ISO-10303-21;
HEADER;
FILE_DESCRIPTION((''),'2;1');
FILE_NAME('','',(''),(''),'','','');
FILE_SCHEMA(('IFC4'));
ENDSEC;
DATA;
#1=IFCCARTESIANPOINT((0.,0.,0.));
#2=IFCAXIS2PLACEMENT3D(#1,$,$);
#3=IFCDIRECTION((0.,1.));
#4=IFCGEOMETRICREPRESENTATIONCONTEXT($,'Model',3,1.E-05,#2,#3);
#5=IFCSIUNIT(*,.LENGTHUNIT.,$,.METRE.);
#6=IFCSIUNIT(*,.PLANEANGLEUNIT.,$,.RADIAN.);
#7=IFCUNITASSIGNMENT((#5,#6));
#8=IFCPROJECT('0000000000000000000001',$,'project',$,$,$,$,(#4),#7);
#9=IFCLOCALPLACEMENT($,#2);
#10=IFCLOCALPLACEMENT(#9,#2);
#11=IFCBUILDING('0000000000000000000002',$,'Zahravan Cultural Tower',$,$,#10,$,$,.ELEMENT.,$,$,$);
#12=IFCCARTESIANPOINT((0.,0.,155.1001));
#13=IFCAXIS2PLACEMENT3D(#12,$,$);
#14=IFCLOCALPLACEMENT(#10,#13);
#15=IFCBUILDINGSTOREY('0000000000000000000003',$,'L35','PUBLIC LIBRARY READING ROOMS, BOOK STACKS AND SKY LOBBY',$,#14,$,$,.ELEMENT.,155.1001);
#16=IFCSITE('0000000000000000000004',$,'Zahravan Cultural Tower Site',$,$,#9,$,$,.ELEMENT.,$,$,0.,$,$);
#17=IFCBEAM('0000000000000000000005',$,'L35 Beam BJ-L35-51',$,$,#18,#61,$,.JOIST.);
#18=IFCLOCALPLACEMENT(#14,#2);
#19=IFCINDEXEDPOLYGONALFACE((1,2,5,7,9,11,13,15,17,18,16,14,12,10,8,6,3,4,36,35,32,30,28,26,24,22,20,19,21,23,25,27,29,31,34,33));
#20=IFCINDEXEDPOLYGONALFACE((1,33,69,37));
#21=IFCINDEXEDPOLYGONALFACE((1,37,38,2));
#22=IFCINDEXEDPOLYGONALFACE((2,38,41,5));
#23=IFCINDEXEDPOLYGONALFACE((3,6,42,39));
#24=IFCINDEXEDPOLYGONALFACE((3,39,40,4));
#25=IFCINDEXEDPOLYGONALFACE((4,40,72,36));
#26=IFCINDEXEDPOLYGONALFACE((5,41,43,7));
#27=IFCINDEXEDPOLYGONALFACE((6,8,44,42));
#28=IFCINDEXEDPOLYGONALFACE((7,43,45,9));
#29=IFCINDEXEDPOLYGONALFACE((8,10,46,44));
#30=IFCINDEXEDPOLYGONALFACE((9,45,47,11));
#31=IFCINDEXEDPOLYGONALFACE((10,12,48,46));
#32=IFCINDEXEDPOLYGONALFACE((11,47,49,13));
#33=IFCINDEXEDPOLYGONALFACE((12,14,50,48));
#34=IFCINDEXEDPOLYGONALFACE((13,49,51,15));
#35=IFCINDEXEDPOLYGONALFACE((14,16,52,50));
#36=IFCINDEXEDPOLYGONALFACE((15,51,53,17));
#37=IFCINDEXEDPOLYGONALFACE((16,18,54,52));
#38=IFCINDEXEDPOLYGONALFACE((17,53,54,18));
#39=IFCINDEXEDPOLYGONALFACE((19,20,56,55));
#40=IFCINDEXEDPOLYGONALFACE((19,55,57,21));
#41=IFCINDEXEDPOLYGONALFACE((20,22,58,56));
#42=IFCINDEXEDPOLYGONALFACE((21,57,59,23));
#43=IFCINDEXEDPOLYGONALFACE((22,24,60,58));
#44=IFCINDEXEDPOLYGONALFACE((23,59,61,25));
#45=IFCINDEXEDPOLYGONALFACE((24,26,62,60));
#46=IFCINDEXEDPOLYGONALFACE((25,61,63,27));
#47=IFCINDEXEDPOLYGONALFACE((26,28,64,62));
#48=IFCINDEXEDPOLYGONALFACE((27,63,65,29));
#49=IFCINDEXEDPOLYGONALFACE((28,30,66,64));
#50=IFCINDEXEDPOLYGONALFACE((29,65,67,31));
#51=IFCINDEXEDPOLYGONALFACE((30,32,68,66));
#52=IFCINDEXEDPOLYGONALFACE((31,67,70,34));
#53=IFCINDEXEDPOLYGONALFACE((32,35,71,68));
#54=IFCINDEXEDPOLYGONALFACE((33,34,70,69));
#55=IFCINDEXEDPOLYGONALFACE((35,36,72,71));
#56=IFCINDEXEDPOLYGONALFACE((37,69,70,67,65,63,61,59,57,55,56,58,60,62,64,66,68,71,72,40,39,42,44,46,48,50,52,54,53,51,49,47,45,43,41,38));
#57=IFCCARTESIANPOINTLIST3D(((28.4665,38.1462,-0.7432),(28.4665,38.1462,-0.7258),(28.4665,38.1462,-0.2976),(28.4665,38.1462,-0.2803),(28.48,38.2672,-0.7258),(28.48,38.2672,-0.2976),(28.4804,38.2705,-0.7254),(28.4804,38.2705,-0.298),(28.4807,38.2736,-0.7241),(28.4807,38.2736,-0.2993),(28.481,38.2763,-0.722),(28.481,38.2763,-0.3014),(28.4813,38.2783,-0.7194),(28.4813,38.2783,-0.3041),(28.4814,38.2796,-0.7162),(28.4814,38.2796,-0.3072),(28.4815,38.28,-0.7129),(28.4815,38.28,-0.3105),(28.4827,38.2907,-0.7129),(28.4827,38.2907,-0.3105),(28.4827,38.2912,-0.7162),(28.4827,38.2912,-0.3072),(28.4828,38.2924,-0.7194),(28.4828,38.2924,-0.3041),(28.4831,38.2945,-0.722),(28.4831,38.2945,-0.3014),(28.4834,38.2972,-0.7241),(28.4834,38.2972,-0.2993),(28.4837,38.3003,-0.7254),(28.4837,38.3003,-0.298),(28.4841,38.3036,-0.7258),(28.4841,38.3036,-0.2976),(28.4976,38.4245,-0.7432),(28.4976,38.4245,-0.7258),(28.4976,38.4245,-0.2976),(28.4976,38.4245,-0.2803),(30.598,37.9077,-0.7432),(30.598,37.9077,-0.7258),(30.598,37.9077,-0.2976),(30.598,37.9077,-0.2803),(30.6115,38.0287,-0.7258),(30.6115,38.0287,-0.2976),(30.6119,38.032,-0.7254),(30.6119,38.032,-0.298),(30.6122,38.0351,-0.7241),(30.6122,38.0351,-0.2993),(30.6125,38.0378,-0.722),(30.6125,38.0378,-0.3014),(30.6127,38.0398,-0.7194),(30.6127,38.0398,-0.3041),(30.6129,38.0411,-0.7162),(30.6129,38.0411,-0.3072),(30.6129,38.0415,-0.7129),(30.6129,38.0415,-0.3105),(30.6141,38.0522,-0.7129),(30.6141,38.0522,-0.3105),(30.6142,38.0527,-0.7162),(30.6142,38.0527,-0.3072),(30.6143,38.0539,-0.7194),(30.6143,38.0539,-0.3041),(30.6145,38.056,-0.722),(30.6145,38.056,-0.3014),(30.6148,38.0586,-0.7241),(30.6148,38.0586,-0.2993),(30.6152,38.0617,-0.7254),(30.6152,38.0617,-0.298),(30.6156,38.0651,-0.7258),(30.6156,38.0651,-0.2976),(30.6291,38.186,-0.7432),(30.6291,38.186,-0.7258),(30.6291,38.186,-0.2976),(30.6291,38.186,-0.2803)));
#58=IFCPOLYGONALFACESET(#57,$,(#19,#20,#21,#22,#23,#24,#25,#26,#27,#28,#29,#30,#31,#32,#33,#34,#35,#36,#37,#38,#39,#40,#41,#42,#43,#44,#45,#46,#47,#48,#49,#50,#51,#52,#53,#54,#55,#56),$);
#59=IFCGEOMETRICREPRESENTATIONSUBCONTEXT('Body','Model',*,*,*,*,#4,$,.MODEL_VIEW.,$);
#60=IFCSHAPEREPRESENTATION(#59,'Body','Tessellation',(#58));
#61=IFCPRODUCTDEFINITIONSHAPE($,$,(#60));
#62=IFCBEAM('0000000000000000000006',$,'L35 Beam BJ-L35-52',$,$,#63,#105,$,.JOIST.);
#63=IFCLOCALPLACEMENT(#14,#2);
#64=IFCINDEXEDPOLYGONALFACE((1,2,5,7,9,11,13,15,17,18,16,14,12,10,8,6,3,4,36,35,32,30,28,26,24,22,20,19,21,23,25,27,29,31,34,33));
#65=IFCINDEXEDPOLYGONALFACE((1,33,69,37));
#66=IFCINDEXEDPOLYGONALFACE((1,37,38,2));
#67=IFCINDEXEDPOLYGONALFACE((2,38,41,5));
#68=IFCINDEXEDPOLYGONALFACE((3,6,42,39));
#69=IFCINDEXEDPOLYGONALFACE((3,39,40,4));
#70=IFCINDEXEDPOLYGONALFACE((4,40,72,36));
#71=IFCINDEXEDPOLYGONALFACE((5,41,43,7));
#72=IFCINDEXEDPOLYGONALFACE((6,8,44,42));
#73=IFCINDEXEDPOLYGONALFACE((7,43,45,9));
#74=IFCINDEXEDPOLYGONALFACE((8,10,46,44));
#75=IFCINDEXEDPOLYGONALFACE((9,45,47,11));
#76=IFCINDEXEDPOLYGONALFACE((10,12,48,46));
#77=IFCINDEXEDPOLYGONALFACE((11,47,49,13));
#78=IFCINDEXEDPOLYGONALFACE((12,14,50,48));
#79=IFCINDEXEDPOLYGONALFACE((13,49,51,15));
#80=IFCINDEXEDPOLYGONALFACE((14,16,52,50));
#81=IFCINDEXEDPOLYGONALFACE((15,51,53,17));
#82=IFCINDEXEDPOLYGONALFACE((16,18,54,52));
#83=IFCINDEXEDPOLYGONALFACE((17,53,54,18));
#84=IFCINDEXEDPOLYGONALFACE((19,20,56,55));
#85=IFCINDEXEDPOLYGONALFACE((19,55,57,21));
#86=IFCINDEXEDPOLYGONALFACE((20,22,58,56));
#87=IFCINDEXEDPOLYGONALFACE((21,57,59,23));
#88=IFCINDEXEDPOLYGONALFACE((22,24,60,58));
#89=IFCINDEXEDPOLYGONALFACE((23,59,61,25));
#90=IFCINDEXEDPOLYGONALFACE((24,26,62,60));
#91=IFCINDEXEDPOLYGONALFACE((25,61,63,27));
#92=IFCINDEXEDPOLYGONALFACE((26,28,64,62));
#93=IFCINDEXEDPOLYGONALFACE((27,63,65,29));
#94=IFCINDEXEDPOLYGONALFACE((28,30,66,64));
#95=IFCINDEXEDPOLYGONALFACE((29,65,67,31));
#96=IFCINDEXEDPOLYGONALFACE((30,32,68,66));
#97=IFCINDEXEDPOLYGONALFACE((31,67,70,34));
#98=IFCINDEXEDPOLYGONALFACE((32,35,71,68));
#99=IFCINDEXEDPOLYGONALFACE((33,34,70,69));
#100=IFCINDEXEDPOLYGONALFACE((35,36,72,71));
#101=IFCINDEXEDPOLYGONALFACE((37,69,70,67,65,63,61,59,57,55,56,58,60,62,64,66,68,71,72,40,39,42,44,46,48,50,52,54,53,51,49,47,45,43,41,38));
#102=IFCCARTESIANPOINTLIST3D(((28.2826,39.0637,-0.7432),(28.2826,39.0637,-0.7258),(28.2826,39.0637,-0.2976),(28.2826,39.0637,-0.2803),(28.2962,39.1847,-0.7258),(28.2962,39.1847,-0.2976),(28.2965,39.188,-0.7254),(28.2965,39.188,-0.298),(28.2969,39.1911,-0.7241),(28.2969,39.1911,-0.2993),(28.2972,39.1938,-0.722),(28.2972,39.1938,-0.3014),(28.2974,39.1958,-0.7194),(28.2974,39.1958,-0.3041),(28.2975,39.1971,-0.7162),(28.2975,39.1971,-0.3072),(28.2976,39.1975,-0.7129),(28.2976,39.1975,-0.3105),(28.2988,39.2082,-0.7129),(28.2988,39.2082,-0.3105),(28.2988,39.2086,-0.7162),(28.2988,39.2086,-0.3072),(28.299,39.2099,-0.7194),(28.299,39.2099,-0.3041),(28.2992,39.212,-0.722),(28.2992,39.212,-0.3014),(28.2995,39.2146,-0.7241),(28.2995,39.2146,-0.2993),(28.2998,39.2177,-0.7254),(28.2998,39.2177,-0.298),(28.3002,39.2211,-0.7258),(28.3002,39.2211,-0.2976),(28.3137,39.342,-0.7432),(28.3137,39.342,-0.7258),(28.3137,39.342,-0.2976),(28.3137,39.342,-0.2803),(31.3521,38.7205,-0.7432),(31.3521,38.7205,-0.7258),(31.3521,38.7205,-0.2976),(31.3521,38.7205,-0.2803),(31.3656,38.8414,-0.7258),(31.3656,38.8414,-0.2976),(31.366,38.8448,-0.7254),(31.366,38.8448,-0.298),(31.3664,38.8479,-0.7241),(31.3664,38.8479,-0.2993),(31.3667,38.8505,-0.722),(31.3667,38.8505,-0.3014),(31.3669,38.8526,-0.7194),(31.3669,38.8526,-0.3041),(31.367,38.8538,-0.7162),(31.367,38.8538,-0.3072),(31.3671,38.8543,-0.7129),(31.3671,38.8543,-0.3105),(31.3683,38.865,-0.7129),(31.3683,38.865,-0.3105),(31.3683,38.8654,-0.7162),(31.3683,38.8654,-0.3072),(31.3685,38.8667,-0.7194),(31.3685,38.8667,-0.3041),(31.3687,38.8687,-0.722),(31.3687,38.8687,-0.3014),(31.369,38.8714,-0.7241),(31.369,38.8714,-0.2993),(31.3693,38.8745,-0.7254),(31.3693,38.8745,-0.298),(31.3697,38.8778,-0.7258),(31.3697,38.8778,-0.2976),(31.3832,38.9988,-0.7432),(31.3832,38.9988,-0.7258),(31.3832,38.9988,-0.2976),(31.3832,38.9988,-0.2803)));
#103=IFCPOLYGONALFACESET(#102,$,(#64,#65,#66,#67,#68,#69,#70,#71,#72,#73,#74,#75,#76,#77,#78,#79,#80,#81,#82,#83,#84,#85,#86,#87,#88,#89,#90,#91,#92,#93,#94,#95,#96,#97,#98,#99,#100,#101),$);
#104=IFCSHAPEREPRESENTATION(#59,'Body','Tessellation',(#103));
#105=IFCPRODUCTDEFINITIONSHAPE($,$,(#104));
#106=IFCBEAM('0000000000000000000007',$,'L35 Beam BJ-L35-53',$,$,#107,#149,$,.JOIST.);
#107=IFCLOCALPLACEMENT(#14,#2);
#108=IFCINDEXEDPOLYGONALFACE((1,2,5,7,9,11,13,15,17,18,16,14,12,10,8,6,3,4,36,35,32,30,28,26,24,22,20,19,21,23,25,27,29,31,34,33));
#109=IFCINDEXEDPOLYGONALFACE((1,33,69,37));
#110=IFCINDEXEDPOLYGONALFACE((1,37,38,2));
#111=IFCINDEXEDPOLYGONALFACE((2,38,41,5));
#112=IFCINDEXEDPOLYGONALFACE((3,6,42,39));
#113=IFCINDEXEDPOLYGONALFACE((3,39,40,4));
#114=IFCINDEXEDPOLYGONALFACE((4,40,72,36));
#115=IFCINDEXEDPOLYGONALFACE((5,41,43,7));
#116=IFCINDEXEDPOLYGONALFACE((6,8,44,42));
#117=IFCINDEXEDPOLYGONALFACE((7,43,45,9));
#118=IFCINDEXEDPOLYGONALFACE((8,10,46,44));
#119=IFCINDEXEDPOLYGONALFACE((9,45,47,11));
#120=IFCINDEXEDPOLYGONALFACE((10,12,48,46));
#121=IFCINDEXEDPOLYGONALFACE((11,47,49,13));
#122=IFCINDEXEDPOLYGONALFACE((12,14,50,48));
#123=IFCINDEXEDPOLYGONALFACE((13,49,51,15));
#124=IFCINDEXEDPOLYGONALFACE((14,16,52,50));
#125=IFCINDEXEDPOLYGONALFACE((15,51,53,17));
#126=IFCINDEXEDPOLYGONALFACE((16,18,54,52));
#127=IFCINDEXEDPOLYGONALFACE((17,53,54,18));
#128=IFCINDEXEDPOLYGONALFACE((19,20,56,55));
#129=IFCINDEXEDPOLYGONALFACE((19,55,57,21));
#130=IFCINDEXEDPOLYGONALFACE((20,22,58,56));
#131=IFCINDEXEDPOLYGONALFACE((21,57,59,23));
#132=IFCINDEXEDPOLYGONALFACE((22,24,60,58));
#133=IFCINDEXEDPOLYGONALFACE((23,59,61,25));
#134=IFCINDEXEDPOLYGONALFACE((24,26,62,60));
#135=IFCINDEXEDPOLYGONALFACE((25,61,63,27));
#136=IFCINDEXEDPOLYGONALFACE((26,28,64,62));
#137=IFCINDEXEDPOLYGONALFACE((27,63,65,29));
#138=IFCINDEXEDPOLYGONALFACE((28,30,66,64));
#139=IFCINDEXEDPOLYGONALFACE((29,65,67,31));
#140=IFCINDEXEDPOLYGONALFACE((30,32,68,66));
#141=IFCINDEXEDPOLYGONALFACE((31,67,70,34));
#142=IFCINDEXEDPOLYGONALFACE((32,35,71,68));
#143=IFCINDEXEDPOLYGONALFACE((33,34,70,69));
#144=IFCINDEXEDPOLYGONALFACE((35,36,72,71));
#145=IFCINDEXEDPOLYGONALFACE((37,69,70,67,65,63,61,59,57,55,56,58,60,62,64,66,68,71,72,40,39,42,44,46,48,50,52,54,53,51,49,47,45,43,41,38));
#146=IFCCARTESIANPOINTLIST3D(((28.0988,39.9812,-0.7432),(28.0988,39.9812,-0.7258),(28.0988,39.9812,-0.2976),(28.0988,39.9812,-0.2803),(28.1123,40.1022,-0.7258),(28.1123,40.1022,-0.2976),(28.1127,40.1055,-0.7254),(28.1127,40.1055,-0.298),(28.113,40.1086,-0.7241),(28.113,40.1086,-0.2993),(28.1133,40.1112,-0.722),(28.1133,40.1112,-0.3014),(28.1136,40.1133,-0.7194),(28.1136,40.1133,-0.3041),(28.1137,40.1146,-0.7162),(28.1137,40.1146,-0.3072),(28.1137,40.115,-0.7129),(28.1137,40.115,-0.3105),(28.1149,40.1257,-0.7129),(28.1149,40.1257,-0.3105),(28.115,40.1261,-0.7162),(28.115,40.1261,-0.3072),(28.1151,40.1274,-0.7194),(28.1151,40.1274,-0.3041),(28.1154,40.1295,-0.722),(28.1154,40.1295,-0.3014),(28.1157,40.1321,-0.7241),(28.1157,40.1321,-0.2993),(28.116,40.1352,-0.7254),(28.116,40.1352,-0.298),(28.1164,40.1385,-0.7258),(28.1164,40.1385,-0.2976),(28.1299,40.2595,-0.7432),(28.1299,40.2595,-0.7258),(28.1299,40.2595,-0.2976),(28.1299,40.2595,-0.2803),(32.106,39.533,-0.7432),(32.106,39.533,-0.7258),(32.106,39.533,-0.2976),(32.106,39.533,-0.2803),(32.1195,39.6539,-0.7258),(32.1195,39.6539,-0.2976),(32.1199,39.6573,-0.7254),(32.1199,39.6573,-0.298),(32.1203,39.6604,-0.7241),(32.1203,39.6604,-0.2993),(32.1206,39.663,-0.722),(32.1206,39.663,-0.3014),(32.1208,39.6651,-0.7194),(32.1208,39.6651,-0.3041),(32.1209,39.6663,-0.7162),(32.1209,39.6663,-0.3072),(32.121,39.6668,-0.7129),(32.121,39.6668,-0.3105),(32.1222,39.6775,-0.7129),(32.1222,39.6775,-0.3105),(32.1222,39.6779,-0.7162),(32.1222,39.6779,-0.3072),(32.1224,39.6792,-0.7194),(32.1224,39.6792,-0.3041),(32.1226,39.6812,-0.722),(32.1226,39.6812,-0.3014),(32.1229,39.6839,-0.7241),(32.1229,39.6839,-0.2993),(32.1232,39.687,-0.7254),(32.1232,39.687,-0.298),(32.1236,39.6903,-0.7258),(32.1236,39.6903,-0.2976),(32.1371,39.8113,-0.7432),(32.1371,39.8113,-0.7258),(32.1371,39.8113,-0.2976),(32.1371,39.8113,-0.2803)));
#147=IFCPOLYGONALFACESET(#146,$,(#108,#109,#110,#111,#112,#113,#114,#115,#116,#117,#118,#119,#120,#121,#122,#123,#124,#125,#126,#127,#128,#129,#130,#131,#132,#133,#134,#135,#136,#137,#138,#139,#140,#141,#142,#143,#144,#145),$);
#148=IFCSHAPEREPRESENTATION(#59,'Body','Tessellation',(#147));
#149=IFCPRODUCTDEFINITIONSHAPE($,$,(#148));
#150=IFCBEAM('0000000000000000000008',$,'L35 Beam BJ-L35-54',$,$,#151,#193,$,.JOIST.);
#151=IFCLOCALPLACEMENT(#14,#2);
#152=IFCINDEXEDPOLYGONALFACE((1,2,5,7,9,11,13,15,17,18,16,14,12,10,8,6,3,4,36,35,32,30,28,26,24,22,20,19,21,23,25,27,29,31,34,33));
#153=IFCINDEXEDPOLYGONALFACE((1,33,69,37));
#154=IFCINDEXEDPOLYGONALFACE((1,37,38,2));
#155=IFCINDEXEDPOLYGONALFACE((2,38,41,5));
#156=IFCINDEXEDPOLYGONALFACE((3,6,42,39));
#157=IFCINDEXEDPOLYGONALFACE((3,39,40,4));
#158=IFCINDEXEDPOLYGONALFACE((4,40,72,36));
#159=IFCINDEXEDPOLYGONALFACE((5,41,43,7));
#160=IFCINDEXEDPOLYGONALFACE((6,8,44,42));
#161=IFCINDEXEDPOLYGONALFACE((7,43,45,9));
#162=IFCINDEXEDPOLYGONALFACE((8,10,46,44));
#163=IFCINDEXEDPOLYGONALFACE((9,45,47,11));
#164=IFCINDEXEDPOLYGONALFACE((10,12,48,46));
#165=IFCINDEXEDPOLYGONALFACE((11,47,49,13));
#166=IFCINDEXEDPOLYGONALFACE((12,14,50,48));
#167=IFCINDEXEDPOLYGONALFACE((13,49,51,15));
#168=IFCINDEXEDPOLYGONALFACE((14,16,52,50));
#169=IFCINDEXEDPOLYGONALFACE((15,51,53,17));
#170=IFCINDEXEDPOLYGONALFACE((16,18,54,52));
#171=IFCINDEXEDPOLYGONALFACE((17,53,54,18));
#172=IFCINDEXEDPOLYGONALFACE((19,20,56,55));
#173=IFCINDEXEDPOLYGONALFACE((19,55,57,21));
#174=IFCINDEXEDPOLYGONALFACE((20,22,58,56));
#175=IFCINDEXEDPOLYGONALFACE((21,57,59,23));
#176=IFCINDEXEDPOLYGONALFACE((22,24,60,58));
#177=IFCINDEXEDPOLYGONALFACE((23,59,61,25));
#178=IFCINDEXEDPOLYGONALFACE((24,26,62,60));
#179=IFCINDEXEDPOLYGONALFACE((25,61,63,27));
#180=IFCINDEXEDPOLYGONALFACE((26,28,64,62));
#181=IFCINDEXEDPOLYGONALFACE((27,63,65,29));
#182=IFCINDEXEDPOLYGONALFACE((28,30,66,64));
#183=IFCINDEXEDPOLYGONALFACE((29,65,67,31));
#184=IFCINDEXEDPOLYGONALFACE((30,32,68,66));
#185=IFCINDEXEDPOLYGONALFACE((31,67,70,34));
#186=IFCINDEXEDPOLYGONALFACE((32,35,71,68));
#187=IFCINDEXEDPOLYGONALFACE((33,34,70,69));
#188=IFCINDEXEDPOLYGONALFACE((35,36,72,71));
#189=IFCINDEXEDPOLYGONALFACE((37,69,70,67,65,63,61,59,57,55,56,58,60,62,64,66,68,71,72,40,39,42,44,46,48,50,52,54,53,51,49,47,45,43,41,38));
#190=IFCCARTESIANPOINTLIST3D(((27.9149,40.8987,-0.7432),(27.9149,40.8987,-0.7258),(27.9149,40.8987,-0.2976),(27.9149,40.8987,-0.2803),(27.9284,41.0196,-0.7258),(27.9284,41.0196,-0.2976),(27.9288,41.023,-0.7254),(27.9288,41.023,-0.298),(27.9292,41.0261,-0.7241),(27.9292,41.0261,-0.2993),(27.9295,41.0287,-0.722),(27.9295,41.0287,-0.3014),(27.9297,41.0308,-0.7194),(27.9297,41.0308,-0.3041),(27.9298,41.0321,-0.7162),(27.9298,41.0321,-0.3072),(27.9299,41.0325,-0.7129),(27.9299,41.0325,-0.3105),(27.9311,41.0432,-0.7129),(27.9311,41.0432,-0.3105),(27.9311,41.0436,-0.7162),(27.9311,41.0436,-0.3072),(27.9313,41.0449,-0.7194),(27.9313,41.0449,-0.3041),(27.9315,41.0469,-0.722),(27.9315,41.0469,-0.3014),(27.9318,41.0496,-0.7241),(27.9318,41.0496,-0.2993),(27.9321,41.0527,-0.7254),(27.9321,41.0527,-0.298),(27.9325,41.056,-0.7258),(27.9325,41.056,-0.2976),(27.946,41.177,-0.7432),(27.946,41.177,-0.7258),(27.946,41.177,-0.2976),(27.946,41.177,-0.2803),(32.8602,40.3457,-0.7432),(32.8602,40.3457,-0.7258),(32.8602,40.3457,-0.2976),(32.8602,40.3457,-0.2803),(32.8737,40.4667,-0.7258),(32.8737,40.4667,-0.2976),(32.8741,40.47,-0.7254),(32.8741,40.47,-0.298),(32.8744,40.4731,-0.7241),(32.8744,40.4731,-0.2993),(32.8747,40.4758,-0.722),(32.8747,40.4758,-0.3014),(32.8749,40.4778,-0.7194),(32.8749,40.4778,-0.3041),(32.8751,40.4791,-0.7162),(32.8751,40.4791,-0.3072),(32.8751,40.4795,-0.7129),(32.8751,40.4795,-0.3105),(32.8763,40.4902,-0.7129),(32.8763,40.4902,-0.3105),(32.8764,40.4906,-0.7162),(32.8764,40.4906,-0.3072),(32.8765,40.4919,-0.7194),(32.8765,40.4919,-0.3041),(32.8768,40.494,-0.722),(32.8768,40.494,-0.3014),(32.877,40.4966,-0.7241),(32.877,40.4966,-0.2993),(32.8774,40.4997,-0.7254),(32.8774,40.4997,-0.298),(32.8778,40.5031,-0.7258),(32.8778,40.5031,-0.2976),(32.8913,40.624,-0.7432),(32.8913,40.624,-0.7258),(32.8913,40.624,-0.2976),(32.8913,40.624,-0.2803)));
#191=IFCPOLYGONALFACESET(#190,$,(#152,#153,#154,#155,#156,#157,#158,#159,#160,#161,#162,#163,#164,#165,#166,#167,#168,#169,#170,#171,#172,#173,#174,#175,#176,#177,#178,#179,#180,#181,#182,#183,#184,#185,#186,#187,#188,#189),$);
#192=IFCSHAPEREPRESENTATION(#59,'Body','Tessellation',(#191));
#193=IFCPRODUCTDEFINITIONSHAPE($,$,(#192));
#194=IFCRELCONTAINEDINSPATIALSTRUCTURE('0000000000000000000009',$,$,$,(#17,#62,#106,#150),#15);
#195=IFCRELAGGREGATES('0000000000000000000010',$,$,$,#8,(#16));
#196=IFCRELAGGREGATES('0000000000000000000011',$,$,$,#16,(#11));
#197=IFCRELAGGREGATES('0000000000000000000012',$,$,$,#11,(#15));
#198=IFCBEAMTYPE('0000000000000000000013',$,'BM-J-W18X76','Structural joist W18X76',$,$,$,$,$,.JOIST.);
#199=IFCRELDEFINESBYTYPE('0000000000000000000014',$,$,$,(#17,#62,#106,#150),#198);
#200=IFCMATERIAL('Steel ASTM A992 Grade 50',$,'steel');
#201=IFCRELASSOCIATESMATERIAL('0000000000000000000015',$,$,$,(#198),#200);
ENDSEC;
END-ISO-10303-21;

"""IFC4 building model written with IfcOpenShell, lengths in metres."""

from ifc_helpers import new_model, si_unit, direction, frame, origin, origin_2d, place, context, subcontext, project, spatial, i_section, extrude, source, transform, mapped, material, material_profile, profile_set, type_object, element, save


model = new_model("IFC4")

# Units and contexts
model_context = context("Model", 3, precision=1e-05, world=origin(), true_north=direction((0.0, 1.0)))
body_context = subcontext(model_context, "Body", "Model", "MODEL_VIEW")
ifc_project = project(units=[si_unit("LENGTHUNIT", "METRE"), si_unit("PLANEANGLEUNIT", "RADIAN")], contexts=[model_context])

# Site, building, storey
site_placement = place(None, origin())
site = spatial("IfcSite", under=ifc_project, at=site_placement, Name="Zahravan Cultural Tower Site", CompositionType="ELEMENT", RefElevation=0.0)
building_placement = place(site_placement, origin())
building = spatial("IfcBuilding", under=site, at=building_placement, Name="Zahravan Cultural Tower", CompositionType="ELEMENT")
storey_placement = place(building_placement, frame((0.0, 0.0, 155.1001)))
storey = spatial("IfcBuildingStorey", under=building, at=storey_placement, Name="L35", Description="PUBLIC LIBRARY READING ROOMS, BOOK STACKS AND SKY LOBBY", CompositionType="ELEMENT", Elevation=155.1001)

# Shared definitions
ifc_material_1 = material(Name="Steel ASTM A992 Grade 50", Category="steel")

# Beams
ifc_material_profile_1 = material_profile(ifc_material_1, i_section(OverallWidth=0.28, OverallDepth=0.4629, WebThickness=0.0107, FlangeThickness=0.0173, FilletRadius=0.0129, at=origin_2d()), Name="W18X76")
ifc_profile_set_1 = profile_set([ifc_material_profile_1], Name="Steel ASTM A992 Grade 50")
beam_type_1 = type_object("IfcBeamType", Name="BM-J-W18X76", Description="Structural joist W18X76", PredefinedType="JOIST", material=ifc_profile_set_1)
shared_shape_1 = source(origin(), body_context, "Body", "SweptSolid", [
    extrude(i_section(OverallWidth=0.28, OverallDepth=0.4629, WebThickness=0.0107, FlangeThickness=0.0173, FilletRadius=0.0129, at=origin_2d()), origin(), (0.0, 0.0, 1.0), 2.1448),
])
beam_1_placement = place(storey_placement, frame((30.6135, 38.0469, -0.5117), z_axis=(-0.993797, 0.111206, 0.0), x_axis=(-0.111206, -0.993797, 0.0)))
element("IfcBeam", 1, at=beam_1_placement, inside=storey, type_object=beam_type_1, Name="L35 Beam BJ-L35-51", PredefinedType="JOIST", context=body_context, shape_type="MappedRepresentation", body=[
    mapped(shared_shape_1, transform((0.0, 0.0, 0.0), x_axis=(1.0, 0.0, 0.0), y_axis=(0.0, 1.0, 0.0), z_axis=(0.0, 0.0, 1.0), scale=1.0)),
])
shared_shape_2 = source(origin(), body_context, "Body", "SweptSolid", [
    extrude(i_section(OverallWidth=0.28, OverallDepth=0.4629, WebThickness=0.0107, FlangeThickness=0.0173, FilletRadius=0.0129, at=origin_2d()), origin(), (0.0, 0.0, 1.0), 3.0886),
])
beam_2_placement = place(storey_placement, frame((31.3677, 38.8596, -0.5117), z_axis=(-0.993805, 0.111134, 0.0), x_axis=(-0.111134, -0.993805, 0.0)))
element("IfcBeam", 2, at=beam_2_placement, inside=storey, type_object=beam_type_1, Name="L35 Beam BJ-L35-52", PredefinedType="JOIST", context=body_context, shape_type="MappedRepresentation", body=[
    mapped(shared_shape_2, transform((0.0, 0.0, 0.0), x_axis=(1.0, 0.0, 0.0), y_axis=(0.0, 1.0, 0.0), z_axis=(0.0, 0.0, 1.0), scale=1.0)),
])
shared_shape_3 = source(origin(), body_context, "Body", "SweptSolid", [
    extrude(i_section(OverallWidth=0.28, OverallDepth=0.4629, WebThickness=0.0107, FlangeThickness=0.0173, FilletRadius=0.0129, at=origin_2d()), origin(), (0.0, 0.0, 1.0), 4.0322),
])
beam_3_placement = place(storey_placement, frame((32.1216, 39.6721, -0.5117), z_axis=(-0.993802, 0.111162, 0.0), x_axis=(-0.111162, -0.993802, 0.0)))
element("IfcBeam", 3, at=beam_3_placement, inside=storey, type_object=beam_type_1, Name="L35 Beam BJ-L35-53", PredefinedType="JOIST", context=body_context, shape_type="MappedRepresentation", body=[
    mapped(shared_shape_3, transform((0.0, 0.0, 0.0), x_axis=(1.0, 0.0, 0.0), y_axis=(0.0, 1.0, 0.0), z_axis=(0.0, 0.0, 1.0), scale=1.0)),
])
shared_shape_4 = source(origin(), body_context, "Body", "SweptSolid", [
    extrude(i_section(OverallWidth=0.28, OverallDepth=0.4629, WebThickness=0.0107, FlangeThickness=0.0173, FilletRadius=0.0129, at=origin_2d()), origin(), (0.0, 0.0, 1.0), 4.9761),
])
beam_4_placement = place(storey_placement, frame((32.8757, 40.4849, -0.5117), z_axis=(-0.993806, 0.111126, 0.0), x_axis=(-0.111126, -0.993806, 0.0)))
element("IfcBeam", 4, at=beam_4_placement, inside=storey, type_object=beam_type_1, Name="L35 Beam BJ-L35-54", PredefinedType="JOIST", context=body_context, shape_type="MappedRepresentation", body=[
    mapped(shared_shape_4, transform((0.0, 0.0, 0.0), x_axis=(1.0, 0.0, 0.0), y_axis=(0.0, 1.0, 0.0), z_axis=(0.0, 0.0, 1.0), scale=1.0)),
])

save(model, "model.ifc")
